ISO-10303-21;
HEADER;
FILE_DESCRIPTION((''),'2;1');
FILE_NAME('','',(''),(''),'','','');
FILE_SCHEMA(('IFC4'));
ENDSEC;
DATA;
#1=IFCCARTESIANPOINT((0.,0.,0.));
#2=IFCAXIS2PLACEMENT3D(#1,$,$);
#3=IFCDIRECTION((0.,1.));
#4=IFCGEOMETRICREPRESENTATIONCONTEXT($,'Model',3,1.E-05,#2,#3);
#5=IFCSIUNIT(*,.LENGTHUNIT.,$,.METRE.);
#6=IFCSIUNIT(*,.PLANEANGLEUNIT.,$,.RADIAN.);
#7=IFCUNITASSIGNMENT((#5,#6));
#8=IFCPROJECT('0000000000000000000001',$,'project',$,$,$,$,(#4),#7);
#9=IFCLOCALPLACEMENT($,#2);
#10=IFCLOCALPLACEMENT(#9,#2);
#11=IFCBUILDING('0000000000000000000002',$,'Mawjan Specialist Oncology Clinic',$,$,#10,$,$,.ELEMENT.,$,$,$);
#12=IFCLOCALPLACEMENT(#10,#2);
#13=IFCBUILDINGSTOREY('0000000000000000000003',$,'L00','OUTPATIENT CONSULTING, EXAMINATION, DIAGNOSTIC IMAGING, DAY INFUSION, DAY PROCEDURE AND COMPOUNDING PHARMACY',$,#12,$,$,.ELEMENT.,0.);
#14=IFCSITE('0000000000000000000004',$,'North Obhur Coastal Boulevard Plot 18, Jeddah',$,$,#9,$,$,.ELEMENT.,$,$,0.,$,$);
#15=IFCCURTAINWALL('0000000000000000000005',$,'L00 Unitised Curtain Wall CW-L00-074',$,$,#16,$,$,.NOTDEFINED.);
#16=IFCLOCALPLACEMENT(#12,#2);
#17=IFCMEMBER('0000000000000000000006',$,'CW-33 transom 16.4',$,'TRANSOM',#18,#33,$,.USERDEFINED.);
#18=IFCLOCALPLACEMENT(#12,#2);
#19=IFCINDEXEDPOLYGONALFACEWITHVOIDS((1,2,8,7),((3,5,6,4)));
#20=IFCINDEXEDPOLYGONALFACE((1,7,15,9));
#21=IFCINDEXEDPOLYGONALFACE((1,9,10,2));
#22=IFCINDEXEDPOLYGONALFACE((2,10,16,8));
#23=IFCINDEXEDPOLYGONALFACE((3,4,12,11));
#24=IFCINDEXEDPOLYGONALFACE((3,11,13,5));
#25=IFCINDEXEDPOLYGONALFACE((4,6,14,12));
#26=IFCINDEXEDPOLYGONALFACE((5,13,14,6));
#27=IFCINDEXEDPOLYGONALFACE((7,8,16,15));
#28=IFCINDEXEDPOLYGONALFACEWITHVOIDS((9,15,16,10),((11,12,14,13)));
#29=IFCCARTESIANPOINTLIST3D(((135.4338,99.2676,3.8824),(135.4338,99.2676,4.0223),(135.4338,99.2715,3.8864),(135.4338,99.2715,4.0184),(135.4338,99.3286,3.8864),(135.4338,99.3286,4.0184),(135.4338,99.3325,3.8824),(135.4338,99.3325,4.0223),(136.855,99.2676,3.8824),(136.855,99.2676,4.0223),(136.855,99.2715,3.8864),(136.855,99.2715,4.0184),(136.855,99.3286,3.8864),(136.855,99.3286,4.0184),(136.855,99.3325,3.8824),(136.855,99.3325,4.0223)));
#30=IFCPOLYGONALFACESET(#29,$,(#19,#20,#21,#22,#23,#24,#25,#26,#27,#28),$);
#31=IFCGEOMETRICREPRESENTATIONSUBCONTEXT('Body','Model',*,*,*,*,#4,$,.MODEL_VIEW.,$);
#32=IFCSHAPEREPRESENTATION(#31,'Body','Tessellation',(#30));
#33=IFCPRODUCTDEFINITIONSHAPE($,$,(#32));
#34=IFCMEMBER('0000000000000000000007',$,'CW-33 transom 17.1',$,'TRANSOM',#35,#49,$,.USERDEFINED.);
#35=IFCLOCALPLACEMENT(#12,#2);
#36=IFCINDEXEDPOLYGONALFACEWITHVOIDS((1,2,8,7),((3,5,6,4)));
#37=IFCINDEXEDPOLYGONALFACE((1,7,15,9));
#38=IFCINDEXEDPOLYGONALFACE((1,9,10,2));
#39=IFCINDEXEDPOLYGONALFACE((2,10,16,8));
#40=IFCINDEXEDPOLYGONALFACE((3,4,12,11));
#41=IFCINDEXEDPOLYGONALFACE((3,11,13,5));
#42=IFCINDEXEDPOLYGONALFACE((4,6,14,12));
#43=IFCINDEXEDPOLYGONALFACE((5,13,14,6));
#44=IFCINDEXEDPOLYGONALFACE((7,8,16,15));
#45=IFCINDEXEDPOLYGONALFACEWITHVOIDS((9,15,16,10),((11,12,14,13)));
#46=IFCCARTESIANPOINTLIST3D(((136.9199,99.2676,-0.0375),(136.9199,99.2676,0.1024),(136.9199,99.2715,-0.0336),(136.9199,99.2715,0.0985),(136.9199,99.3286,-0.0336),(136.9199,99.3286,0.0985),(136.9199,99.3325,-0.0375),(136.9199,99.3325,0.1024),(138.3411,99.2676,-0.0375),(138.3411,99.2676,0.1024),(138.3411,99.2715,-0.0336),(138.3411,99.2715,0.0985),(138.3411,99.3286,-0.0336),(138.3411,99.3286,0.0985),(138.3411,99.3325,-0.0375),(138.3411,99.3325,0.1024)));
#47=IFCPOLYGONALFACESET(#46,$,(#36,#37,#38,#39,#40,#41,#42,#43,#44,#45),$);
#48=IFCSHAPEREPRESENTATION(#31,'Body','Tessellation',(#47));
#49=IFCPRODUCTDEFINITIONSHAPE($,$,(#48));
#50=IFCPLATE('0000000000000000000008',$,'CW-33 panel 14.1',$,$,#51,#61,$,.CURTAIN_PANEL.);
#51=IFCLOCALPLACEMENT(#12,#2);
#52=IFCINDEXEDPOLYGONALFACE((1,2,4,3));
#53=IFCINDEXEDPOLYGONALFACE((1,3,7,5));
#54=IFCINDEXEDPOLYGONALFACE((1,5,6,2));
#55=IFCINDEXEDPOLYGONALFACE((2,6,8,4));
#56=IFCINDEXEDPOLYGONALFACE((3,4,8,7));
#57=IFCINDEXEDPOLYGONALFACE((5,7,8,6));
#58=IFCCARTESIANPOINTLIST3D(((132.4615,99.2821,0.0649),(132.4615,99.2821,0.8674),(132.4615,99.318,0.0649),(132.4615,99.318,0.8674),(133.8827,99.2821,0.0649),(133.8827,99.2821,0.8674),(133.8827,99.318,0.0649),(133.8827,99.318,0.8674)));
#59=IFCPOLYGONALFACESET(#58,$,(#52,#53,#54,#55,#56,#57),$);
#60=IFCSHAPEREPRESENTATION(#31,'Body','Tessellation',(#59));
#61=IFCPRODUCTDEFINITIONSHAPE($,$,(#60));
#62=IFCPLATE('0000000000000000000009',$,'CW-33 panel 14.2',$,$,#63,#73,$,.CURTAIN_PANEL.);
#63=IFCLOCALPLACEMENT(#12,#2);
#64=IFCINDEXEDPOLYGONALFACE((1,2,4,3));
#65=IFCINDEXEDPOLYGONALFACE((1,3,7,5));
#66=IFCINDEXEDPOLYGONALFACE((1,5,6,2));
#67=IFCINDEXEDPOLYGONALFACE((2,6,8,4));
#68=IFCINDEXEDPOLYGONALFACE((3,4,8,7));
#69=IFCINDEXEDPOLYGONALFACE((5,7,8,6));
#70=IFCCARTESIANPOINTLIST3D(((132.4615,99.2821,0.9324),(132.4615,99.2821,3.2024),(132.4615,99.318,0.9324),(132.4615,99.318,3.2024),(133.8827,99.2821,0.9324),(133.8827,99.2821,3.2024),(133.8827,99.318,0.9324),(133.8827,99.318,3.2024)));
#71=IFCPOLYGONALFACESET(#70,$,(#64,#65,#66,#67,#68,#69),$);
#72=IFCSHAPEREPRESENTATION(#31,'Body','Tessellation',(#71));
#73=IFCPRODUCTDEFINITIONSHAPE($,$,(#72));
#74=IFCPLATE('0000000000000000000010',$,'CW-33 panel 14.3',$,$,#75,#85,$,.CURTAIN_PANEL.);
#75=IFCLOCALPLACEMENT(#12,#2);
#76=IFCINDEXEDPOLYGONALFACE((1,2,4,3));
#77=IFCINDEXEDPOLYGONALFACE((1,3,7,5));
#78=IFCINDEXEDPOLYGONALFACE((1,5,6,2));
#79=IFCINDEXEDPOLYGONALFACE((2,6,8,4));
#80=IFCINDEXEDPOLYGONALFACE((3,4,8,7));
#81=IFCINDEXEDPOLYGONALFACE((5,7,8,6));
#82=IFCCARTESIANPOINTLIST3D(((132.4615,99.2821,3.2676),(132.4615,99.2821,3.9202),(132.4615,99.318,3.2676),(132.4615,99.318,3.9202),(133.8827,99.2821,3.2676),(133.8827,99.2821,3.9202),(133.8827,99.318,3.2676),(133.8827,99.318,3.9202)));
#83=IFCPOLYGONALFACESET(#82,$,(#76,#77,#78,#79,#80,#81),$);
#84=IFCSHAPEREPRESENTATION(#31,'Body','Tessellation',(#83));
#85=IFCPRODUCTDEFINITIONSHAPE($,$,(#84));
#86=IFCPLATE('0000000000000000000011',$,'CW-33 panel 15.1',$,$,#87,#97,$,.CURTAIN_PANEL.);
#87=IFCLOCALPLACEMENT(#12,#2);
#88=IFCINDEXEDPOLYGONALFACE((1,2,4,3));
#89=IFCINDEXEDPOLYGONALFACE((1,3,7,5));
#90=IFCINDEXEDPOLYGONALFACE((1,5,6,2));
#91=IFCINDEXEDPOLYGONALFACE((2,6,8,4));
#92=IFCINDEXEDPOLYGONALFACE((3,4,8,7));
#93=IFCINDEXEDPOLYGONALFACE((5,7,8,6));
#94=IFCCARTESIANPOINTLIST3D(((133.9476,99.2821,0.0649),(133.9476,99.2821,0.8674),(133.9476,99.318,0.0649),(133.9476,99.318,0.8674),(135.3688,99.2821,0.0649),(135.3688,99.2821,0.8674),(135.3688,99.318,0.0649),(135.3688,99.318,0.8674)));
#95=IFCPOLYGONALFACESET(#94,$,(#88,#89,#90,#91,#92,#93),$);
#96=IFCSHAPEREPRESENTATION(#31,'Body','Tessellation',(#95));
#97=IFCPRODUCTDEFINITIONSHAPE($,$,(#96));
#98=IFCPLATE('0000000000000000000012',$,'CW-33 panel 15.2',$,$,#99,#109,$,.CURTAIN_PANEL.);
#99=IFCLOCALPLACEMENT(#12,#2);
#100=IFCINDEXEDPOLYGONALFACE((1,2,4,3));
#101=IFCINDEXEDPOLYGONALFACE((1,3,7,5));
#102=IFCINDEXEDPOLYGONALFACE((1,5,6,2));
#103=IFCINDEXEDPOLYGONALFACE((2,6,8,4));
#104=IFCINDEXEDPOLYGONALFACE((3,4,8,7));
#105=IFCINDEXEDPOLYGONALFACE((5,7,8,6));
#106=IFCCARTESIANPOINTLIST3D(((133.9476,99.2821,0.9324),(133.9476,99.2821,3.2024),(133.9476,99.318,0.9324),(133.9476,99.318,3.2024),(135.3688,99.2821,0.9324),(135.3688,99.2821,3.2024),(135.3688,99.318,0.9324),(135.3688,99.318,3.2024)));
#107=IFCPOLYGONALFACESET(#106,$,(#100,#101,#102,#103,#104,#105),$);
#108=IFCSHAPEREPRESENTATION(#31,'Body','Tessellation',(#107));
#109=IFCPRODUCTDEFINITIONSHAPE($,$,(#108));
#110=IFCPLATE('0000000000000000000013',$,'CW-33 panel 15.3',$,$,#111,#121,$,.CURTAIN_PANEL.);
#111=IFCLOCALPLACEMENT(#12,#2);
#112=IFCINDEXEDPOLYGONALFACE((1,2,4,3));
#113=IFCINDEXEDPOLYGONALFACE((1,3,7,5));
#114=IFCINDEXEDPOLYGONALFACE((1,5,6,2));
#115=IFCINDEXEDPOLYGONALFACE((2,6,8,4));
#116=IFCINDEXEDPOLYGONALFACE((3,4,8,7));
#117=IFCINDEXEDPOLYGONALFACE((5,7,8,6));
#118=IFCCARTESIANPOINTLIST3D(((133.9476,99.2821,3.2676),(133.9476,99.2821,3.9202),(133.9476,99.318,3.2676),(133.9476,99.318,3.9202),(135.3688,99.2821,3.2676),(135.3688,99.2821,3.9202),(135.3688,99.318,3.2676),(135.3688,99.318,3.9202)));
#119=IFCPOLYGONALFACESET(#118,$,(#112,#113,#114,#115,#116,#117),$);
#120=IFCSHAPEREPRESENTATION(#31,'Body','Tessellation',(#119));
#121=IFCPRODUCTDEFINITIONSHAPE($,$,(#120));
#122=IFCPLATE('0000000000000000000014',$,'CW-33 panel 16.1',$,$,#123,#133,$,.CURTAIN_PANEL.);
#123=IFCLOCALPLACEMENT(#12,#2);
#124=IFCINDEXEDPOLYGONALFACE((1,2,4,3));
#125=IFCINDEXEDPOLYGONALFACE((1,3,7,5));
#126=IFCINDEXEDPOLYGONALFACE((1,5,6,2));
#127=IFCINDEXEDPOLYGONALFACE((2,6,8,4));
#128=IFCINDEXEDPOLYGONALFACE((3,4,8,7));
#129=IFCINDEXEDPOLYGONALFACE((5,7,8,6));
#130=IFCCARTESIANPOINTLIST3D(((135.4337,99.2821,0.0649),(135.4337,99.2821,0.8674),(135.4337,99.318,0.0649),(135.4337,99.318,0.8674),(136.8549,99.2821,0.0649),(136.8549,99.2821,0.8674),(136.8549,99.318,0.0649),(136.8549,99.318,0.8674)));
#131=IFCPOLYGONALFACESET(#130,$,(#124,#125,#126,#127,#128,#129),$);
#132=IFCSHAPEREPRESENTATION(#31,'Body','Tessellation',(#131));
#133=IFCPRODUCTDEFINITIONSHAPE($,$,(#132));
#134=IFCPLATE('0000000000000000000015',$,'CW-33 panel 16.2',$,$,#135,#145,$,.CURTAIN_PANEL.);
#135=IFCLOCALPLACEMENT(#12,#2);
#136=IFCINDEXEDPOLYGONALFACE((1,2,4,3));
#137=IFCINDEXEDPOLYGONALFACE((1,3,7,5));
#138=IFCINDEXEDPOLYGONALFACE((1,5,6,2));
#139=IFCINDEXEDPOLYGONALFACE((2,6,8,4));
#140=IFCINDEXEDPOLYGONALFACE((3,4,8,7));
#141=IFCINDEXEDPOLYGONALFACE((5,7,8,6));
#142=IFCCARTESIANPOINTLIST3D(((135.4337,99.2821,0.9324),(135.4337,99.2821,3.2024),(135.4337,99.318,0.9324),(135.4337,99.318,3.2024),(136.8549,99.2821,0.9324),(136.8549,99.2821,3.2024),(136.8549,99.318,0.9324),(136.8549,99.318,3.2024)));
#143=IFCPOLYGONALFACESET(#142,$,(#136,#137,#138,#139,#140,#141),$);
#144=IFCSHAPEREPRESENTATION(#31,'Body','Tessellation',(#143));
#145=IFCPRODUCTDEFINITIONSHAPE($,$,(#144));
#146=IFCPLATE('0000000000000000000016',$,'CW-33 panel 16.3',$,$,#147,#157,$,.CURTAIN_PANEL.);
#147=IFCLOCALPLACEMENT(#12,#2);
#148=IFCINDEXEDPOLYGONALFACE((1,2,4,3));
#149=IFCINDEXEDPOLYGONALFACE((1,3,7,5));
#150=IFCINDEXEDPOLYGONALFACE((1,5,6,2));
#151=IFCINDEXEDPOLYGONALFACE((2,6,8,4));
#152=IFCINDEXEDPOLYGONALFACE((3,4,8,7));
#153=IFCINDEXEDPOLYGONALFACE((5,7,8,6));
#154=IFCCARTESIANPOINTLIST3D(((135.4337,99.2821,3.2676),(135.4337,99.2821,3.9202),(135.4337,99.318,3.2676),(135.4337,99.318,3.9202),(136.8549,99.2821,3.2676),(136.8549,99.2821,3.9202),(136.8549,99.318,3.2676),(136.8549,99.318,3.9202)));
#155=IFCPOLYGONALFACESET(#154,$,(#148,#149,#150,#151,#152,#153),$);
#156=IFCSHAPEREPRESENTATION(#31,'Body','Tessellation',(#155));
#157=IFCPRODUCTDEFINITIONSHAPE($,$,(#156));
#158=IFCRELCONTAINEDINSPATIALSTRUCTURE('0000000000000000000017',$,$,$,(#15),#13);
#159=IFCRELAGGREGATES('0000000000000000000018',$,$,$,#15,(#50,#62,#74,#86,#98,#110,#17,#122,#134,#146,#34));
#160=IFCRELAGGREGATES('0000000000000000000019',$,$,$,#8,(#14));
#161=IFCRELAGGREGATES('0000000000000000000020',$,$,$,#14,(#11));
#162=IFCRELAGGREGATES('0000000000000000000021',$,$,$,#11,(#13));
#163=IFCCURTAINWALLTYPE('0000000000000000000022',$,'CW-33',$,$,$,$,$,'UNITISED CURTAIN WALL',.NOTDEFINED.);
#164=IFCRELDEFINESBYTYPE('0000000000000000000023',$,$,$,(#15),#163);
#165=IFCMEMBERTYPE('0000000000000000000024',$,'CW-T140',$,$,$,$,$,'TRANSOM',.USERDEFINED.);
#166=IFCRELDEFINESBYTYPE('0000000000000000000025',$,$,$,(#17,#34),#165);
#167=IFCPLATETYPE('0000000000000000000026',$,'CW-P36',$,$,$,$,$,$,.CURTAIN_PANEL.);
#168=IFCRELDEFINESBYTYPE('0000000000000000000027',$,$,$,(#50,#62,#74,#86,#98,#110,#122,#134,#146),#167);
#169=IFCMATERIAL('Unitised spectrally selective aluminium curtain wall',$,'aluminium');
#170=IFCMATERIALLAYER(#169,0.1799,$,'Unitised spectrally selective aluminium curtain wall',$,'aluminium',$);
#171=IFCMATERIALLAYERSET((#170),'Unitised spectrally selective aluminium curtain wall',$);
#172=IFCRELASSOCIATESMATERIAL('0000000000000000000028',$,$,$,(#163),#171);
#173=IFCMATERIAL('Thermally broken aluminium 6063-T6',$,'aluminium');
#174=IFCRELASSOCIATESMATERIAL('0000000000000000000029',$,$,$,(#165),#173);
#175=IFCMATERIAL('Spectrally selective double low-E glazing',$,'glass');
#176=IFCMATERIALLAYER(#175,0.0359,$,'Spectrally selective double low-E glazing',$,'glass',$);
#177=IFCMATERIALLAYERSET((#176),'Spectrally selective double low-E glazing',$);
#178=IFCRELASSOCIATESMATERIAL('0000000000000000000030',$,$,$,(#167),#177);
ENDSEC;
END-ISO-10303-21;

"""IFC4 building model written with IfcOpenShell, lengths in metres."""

from ifc_helpers import new_model, si_unit, direction, frame, origin, origin_2d, place, context, subcontext, project, spatial, rectangle, hollow_rectangle, extrude, material, layer, layer_set, material_profile, profile_set, type_object, element, aggregate, save


model = new_model("IFC4")

# Units and contexts
model_context = context("Model", 3, precision=1e-05, world=origin(), true_north=direction((0.0, 1.0)))
body_context = subcontext(model_context, "Body", "Model", "MODEL_VIEW")
ifc_project = project(units=[si_unit("LENGTHUNIT", "METRE"), si_unit("PLANEANGLEUNIT", "RADIAN")], contexts=[model_context])

# Site, building, storey
site_placement = place(None, origin())
site = spatial("IfcSite", under=ifc_project, at=site_placement, Name="North Obhur Coastal Boulevard Plot 18, Jeddah", CompositionType="ELEMENT", RefElevation=0.0)
building_placement = place(site_placement, origin())
building = spatial("IfcBuilding", under=site, at=building_placement, Name="Mawjan Specialist Oncology Clinic", CompositionType="ELEMENT")
storey_placement = place(building_placement, origin())
storey = spatial("IfcBuildingStorey", under=building, at=storey_placement, Name="L00", Description="OUTPATIENT CONSULTING, EXAMINATION, DIAGNOSTIC IMAGING, DAY INFUSION, DAY PROCEDURE AND COMPOUNDING PHARMACY", CompositionType="ELEMENT", Elevation=0.0)

# Curtain wall, members, plates
ifc_material_1 = material(Name="Unitised spectrally selective aluminium curtain wall", Category="aluminium")
ifc_layer_1 = layer(ifc_material_1, 0.1799, Name="Unitised spectrally selective aluminium curtain wall", Category="aluminium")
ifc_layer_set_1 = layer_set([ifc_layer_1], Name="Unitised spectrally selective aluminium curtain wall")
curtain_wall_type = type_object("IfcCurtainWallType", Name="CW-33", ElementType="UNITISED CURTAIN WALL", PredefinedType="NOTDEFINED", material=ifc_layer_set_1)
curtain_wall_placement = place(storey_placement, origin())
curtain_wall = element("IfcCurtainWall", 1, at=curtain_wall_placement, inside=storey, type_object=curtain_wall_type, Name="L00 Unitised Curtain Wall CW-L00-074", PredefinedType="NOTDEFINED")
ifc_material_2 = material(Name="Thermally broken aluminium 6063-T6", Category="aluminium")
ifc_material_profile_1 = material_profile(ifc_material_2, hollow_rectangle(XDim=0.0649, YDim=0.1399, WallThickness=0.0039, at=origin_2d()), Name="ALU TRANSOM 140x65x4", Category="aluminium")
ifc_profile_set_1 = profile_set([ifc_material_profile_1], Name="Thermally broken aluminium 6063-T6")
member_type_1 = type_object("IfcMemberType", Name="CW-T140", ElementType="TRANSOM", PredefinedType="USERDEFINED", material=ifc_profile_set_1)
member_1_placement = place(storey_placement, frame((135.4338, 99.3, 3.9524), z_axis=(1.0, 0.0, 0.0), x_axis=(0.0, 1.0, 0.0)))
member_1 = element("IfcMember", 2, at=member_1_placement, type_object=member_type_1, Name="CW-33 transom 16.4", ObjectType="TRANSOM", PredefinedType="USERDEFINED", context=body_context, shape_type="SweptSolid", body=[
    extrude(hollow_rectangle(XDim=0.0649, YDim=0.1399, WallThickness=0.0039, at=origin_2d()), origin(), (0.0, 0.0, 1.0), 1.4211),
])
member_2_placement = place(storey_placement, frame((136.9199, 99.3, 0.0325), z_axis=(1.0, 0.0, 0.0), x_axis=(0.0, 1.0, 0.0)))
member_2 = element("IfcMember", 3, at=member_2_placement, type_object=member_type_1, Name="CW-33 transom 17.1", ObjectType="TRANSOM", PredefinedType="USERDEFINED", context=body_context, shape_type="SweptSolid", body=[
    extrude(hollow_rectangle(XDim=0.0649, YDim=0.1399, WallThickness=0.0039, at=origin_2d()), origin(), (0.0, 0.0, 1.0), 1.4211),
])
ifc_material_3 = material(Name="Spectrally selective double low-E glazing", Category="glass")
ifc_layer_2 = layer(ifc_material_3, 0.0359, Name="Spectrally selective double low-E glazing", Category="glass")
ifc_layer_set_2 = layer_set([ifc_layer_2], Name="Spectrally selective double low-E glazing")
plate_type = type_object("IfcPlateType", Name="CW-P36", PredefinedType="CURTAIN_PANEL", material=ifc_layer_set_2)
plate_1_placement = place(storey_placement, frame((133.1721, 99.3, 0.0649), z_axis=(0.0, 0.0, 1.0), x_axis=(1.0, 0.0, 0.0)))
plate_1 = element("IfcPlate", 4, at=plate_1_placement, type_object=plate_type, Name="CW-33 panel 14.1", PredefinedType="CURTAIN_PANEL", context=body_context, shape_type="SweptSolid", body=[
    extrude(rectangle(XDim=1.4211, YDim=0.0359, at=origin_2d()), origin(), (0.0, 0.0, 1.0), 0.8025),
])
plate_2_placement = place(storey_placement, frame((133.1721, 99.3, 0.9324), z_axis=(0.0, 0.0, 1.0), x_axis=(1.0, 0.0, 0.0)))
plate_2 = element("IfcPlate", 5, at=plate_2_placement, type_object=plate_type, Name="CW-33 panel 14.2", PredefinedType="CURTAIN_PANEL", context=body_context, shape_type="SweptSolid", body=[
    extrude(rectangle(XDim=1.4211, YDim=0.0359, at=origin_2d()), origin(), (0.0, 0.0, 1.0), 2.27),
])
plate_3_placement = place(storey_placement, frame((133.1721, 99.3, 3.2676), z_axis=(0.0, 0.0, 1.0), x_axis=(1.0, 0.0, 0.0)))
plate_3 = element("IfcPlate", 6, at=plate_3_placement, type_object=plate_type, Name="CW-33 panel 14.3", PredefinedType="CURTAIN_PANEL", context=body_context, shape_type="SweptSolid", body=[
    extrude(rectangle(XDim=1.4211, YDim=0.0359, at=origin_2d()), origin(), (0.0, 0.0, 1.0), 0.6526),
])
plate_4_placement = place(storey_placement, frame((134.6582, 99.3, 0.0649), z_axis=(0.0, 0.0, 1.0), x_axis=(1.0, 0.0, 0.0)))
plate_4 = element("IfcPlate", 7, at=plate_4_placement, type_object=plate_type, Name="CW-33 panel 15.1", PredefinedType="CURTAIN_PANEL", context=body_context, shape_type="SweptSolid", body=[
    extrude(rectangle(XDim=1.4211, YDim=0.0359, at=origin_2d()), origin(), (0.0, 0.0, 1.0), 0.8025),
])
plate_5_placement = place(storey_placement, frame((134.6582, 99.3, 0.9324), z_axis=(0.0, 0.0, 1.0), x_axis=(1.0, 0.0, 0.0)))
plate_5 = element("IfcPlate", 8, at=plate_5_placement, type_object=plate_type, Name="CW-33 panel 15.2", PredefinedType="CURTAIN_PANEL", context=body_context, shape_type="SweptSolid", body=[
    extrude(rectangle(XDim=1.4211, YDim=0.0359, at=origin_2d()), origin(), (0.0, 0.0, 1.0), 2.27),
])
plate_6_placement = place(storey_placement, frame((134.6582, 99.3, 3.2676), z_axis=(0.0, 0.0, 1.0), x_axis=(1.0, 0.0, 0.0)))
plate_6 = element("IfcPlate", 9, at=plate_6_placement, type_object=plate_type, Name="CW-33 panel 15.3", PredefinedType="CURTAIN_PANEL", context=body_context, shape_type="SweptSolid", body=[
    extrude(rectangle(XDim=1.4211, YDim=0.0359, at=origin_2d()), origin(), (0.0, 0.0, 1.0), 0.6526),
])
plate_7_placement = place(storey_placement, frame((136.1443, 99.3, 0.0649), z_axis=(0.0, 0.0, 1.0), x_axis=(1.0, 0.0, 0.0)))
plate_7 = element("IfcPlate", 10, at=plate_7_placement, type_object=plate_type, Name="CW-33 panel 16.1", PredefinedType="CURTAIN_PANEL", context=body_context, shape_type="SweptSolid", body=[
    extrude(rectangle(XDim=1.4211, YDim=0.0359, at=origin_2d()), origin(), (0.0, 0.0, 1.0), 0.8025),
])
plate_8_placement = place(storey_placement, frame((136.1443, 99.3, 0.9324), z_axis=(0.0, 0.0, 1.0), x_axis=(1.0, 0.0, 0.0)))
plate_8 = element("IfcPlate", 11, at=plate_8_placement, type_object=plate_type, Name="CW-33 panel 16.2", PredefinedType="CURTAIN_PANEL", context=body_context, shape_type="SweptSolid", body=[
    extrude(rectangle(XDim=1.4211, YDim=0.0359, at=origin_2d()), origin(), (0.0, 0.0, 1.0), 2.27),
])
plate_9_placement = place(storey_placement, frame((136.1443, 99.3, 3.2676), z_axis=(0.0, 0.0, 1.0), x_axis=(1.0, 0.0, 0.0)))
plate_9 = element("IfcPlate", 12, at=plate_9_placement, type_object=plate_type, Name="CW-33 panel 16.3", PredefinedType="CURTAIN_PANEL", context=body_context, shape_type="SweptSolid", body=[
    extrude(rectangle(XDim=1.4211, YDim=0.0359, at=origin_2d()), origin(), (0.0, 0.0, 1.0), 0.6526),
])
aggregate(curtain_wall, [plate_1, plate_2, plate_3, plate_4, plate_5, plate_6, member_1, plate_7, plate_8, plate_9, member_2])

save(model, "model.ifc")
